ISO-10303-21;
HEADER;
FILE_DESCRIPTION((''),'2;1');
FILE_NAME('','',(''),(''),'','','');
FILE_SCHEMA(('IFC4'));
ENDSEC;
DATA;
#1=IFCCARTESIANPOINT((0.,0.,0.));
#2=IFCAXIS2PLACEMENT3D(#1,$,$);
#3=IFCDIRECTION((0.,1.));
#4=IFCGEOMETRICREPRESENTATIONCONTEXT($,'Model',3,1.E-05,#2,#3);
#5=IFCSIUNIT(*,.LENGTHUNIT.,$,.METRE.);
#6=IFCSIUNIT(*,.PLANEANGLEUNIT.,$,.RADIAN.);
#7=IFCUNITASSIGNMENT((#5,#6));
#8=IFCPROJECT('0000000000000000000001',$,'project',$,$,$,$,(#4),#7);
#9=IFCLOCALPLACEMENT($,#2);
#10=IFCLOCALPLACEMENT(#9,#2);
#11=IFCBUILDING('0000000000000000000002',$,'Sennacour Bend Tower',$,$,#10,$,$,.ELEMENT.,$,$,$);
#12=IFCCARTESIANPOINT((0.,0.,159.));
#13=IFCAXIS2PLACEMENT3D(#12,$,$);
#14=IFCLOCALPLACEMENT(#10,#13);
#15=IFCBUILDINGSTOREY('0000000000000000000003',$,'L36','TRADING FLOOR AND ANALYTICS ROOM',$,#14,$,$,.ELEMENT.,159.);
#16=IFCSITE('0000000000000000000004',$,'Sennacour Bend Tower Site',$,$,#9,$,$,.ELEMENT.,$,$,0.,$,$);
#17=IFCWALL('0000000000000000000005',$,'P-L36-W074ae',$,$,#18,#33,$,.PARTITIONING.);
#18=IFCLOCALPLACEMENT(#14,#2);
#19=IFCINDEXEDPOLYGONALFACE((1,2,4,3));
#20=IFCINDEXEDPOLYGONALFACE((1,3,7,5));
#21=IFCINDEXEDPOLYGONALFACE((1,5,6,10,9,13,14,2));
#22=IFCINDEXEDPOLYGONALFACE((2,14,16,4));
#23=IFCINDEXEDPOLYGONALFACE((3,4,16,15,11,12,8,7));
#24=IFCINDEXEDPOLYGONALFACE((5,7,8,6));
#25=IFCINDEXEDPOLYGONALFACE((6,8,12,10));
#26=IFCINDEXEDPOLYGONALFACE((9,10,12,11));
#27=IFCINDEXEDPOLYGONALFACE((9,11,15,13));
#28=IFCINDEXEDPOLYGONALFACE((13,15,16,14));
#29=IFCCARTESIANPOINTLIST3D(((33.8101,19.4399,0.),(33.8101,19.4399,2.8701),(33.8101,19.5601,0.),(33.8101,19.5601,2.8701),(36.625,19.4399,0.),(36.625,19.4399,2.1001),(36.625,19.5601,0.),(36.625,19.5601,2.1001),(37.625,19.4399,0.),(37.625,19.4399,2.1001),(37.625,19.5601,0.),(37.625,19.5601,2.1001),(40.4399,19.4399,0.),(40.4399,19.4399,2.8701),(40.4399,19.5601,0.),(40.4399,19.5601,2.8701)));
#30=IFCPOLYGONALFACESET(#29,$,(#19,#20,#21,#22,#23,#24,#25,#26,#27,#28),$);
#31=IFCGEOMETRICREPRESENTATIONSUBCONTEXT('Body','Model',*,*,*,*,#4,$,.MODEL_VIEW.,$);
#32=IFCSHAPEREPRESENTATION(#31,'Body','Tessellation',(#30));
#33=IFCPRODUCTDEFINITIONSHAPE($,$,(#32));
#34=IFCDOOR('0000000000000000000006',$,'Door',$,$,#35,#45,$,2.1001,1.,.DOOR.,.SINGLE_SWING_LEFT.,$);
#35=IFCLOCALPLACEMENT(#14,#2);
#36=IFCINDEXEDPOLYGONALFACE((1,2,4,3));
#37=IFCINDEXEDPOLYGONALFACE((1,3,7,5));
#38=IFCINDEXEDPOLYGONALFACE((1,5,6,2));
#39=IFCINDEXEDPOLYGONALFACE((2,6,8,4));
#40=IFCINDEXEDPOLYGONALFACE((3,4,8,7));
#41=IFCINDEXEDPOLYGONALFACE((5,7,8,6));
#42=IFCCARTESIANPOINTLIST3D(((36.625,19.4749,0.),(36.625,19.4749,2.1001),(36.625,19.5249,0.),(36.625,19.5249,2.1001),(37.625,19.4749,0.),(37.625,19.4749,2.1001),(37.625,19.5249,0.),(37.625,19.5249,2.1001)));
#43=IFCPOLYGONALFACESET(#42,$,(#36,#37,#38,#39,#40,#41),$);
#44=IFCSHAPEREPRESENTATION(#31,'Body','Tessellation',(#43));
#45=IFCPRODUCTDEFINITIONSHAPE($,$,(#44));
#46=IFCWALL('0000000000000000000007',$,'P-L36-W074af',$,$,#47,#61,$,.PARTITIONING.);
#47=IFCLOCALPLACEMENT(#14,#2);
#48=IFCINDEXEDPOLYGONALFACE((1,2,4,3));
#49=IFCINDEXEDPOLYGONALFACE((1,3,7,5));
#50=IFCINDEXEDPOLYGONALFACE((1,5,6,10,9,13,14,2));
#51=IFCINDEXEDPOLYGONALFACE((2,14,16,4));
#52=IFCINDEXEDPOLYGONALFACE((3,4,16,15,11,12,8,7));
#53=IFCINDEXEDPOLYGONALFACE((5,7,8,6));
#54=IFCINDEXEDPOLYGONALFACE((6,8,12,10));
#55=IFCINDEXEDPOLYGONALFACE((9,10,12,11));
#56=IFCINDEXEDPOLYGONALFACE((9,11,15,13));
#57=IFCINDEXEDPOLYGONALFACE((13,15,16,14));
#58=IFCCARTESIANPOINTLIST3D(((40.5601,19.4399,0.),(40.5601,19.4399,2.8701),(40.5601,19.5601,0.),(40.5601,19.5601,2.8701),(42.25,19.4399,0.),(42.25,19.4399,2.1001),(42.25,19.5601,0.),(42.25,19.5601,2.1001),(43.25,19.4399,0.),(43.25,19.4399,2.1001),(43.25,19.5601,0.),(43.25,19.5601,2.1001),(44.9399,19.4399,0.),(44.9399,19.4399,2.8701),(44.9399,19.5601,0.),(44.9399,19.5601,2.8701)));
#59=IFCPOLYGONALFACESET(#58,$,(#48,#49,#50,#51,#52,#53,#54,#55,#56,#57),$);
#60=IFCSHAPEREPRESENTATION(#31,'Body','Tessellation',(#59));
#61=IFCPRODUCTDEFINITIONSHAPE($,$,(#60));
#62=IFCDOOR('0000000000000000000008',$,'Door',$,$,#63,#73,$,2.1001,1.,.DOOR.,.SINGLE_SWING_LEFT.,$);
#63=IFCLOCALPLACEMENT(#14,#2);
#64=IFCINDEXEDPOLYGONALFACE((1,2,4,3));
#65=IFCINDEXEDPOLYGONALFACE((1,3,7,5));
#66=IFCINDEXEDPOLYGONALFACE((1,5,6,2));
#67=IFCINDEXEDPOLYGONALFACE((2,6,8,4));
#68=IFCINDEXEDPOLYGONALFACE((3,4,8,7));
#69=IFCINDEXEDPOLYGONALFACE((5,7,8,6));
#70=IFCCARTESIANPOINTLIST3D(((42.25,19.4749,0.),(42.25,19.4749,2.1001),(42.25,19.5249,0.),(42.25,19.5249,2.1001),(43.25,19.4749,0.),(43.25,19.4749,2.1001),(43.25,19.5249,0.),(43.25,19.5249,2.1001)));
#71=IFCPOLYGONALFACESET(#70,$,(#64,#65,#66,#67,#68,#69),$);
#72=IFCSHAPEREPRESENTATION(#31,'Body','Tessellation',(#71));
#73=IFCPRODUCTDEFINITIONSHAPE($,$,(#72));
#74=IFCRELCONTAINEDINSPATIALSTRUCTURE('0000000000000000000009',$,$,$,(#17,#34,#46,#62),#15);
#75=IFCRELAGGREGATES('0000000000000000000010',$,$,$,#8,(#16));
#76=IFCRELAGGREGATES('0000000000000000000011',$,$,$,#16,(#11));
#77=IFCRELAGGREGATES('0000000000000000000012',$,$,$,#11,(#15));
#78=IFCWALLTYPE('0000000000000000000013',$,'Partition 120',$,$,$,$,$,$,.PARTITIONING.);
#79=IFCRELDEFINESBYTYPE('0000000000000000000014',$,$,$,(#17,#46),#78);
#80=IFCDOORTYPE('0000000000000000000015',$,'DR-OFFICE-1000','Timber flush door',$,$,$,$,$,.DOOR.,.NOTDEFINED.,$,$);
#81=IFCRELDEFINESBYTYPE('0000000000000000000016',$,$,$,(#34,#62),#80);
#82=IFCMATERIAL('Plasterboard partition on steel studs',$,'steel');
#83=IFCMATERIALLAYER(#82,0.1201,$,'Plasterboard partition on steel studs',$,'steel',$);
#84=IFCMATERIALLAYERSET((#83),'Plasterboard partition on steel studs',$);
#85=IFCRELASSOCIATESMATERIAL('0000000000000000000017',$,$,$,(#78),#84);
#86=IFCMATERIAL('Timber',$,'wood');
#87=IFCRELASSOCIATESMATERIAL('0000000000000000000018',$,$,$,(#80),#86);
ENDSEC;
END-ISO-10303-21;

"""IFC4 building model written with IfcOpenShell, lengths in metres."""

from ifc_helpers import new_model, si_unit, direction, frame, frame_2d, origin, place, context, subcontext, project, spatial, rectangle, extrude, material, layer, layer_set, type_object, element, fill, save


model = new_model("IFC4")

# Units and contexts
model_context = context("Model", 3, precision=1e-05, world=origin(), true_north=direction((0.0, 1.0)))
body_context = subcontext(model_context, "Body", "Model", "MODEL_VIEW")
ifc_project = project(units=[si_unit("LENGTHUNIT", "METRE"), si_unit("PLANEANGLEUNIT", "RADIAN")], contexts=[model_context])

# Site, building, storey
site_placement = place(None, origin())
site = spatial("IfcSite", under=ifc_project, at=site_placement, Name="Sennacour Bend Tower Site", CompositionType="ELEMENT", RefElevation=0.0)
building_placement = place(site_placement, origin())
building = spatial("IfcBuilding", under=site, at=building_placement, Name="Sennacour Bend Tower", CompositionType="ELEMENT")
storey_placement = place(building_placement, frame((0.0, 0.0, 159.0)))
storey = spatial("IfcBuildingStorey", under=building, at=storey_placement, Name="L36", Description="TRADING FLOOR AND ANALYTICS ROOM", CompositionType="ELEMENT", Elevation=159.0)

# Shared definitions
ifc_material_1 = material(Name="Plasterboard partition on steel studs", Category="steel")
ifc_layer = layer(ifc_material_1, 0.1201, Name="Plasterboard partition on steel studs", Category="steel")
ifc_layer_set = layer_set([ifc_layer], Name="Plasterboard partition on steel studs")
wall_type = type_object("IfcWallType", Name="Partition 120", PredefinedType="PARTITIONING", material=ifc_layer_set)

# Shared definitions
ifc_material_2 = material(Name="Timber", Category="wood")

# Shared definitions
door_type_1 = type_object("IfcDoorType", Name="DR-OFFICE-1000", Description="Timber flush door", OperationType="NOTDEFINED", PredefinedType="DOOR", material=ifc_material_2)

# Walls, openings, doors
wall_1_placement = place(storey_placement, frame((33.8101, 19.5, 0.0), z_axis=(0.0, 0.0, 1.0), x_axis=(1.0, 0.0, 0.0)))
wall_1 = element("IfcWall", 1, at=wall_1_placement, inside=storey, type_object=wall_type, Name="P-L36-W074ae", PredefinedType="PARTITIONING", context=body_context, shape_type="SweptSolid", body=[
    extrude(rectangle(XDim=6.6299, YDim=0.1201, at=frame_2d((3.3149, 0.0))), origin(), (0.0, 0.0, 1.0), 2.8701),
])
opening_1_placement = place(wall_1_placement, frame((2.8149, 0.0, 0.0)))
opening_1 = element("IfcOpeningElement", 2, at=opening_1_placement, cuts=wall_1, PredefinedType="OPENING", context=body_context, shape_type="SweptSolid", body=[
    extrude(rectangle(XDim=1.0, YDim=2.1001, at=frame_2d((0.5, 1.05))), frame((0.0, 0.0701, 0.0), z_axis=(0.0, -1.0, 0.0), x_axis=(1.0, 0.0, 0.0)), (0.0, 0.0, 1.0), 0.1401),
])
door_1_placement = place(opening_1_placement, origin())
door_1 = element("IfcDoor", 3, at=door_1_placement, inside=storey, type_object=door_type_1, Name="Door", OperationType="SINGLE_SWING_LEFT", OverallHeight=2.1001, OverallWidth=1.0, PredefinedType="DOOR", context=body_context, shape_type="SweptSolid", body=[
    extrude(rectangle(XDim=1.0, YDim=2.1001, at=frame_2d((0.5, 1.05))), frame((0.0, 0.0249, 0.0), z_axis=(0.0, -1.0, 0.0), x_axis=(1.0, 0.0, 0.0)), (0.0, 0.0, 1.0), 0.05),
])
fill(opening_1, door_1)
wall_2_placement = place(storey_placement, frame((40.5601, 19.5, 0.0), z_axis=(0.0, 0.0, 1.0), x_axis=(1.0, 0.0, 0.0)))
wall_2 = element("IfcWall", 4, at=wall_2_placement, inside=storey, type_object=wall_type, Name="P-L36-W074af", PredefinedType="PARTITIONING", context=body_context, shape_type="SweptSolid", body=[
    extrude(rectangle(XDim=4.3799, YDim=0.1201, at=frame_2d((2.1899, 0.0))), origin(), (0.0, 0.0, 1.0), 2.8701),
])
opening_2_placement = place(wall_2_placement, frame((1.6899, 0.0, 0.0)))
opening_2 = element("IfcOpeningElement", 5, at=opening_2_placement, cuts=wall_2, PredefinedType="OPENING", context=body_context, shape_type="SweptSolid", body=[
    extrude(rectangle(XDim=1.0, YDim=2.1001, at=frame_2d((0.5, 1.05))), frame((0.0, 0.0701, 0.0), z_axis=(0.0, -1.0, 0.0), x_axis=(1.0, 0.0, 0.0)), (0.0, 0.0, 1.0), 0.1401),
])
door_2_placement = place(opening_2_placement, origin())
door_2 = element("IfcDoor", 6, at=door_2_placement, inside=storey, type_object=door_type_1, Name="Door", OperationType="SINGLE_SWING_LEFT", OverallHeight=2.1001, OverallWidth=1.0, PredefinedType="DOOR", context=body_context, shape_type="SweptSolid", body=[
    extrude(rectangle(XDim=1.0, YDim=2.1001, at=frame_2d((0.5, 1.05))), frame((0.0, 0.0249, 0.0), z_axis=(0.0, -1.0, 0.0), x_axis=(1.0, 0.0, 0.0)), (0.0, 0.0, 1.0), 0.05),
])
fill(opening_2, door_2)

save(model, "model.ifc")
